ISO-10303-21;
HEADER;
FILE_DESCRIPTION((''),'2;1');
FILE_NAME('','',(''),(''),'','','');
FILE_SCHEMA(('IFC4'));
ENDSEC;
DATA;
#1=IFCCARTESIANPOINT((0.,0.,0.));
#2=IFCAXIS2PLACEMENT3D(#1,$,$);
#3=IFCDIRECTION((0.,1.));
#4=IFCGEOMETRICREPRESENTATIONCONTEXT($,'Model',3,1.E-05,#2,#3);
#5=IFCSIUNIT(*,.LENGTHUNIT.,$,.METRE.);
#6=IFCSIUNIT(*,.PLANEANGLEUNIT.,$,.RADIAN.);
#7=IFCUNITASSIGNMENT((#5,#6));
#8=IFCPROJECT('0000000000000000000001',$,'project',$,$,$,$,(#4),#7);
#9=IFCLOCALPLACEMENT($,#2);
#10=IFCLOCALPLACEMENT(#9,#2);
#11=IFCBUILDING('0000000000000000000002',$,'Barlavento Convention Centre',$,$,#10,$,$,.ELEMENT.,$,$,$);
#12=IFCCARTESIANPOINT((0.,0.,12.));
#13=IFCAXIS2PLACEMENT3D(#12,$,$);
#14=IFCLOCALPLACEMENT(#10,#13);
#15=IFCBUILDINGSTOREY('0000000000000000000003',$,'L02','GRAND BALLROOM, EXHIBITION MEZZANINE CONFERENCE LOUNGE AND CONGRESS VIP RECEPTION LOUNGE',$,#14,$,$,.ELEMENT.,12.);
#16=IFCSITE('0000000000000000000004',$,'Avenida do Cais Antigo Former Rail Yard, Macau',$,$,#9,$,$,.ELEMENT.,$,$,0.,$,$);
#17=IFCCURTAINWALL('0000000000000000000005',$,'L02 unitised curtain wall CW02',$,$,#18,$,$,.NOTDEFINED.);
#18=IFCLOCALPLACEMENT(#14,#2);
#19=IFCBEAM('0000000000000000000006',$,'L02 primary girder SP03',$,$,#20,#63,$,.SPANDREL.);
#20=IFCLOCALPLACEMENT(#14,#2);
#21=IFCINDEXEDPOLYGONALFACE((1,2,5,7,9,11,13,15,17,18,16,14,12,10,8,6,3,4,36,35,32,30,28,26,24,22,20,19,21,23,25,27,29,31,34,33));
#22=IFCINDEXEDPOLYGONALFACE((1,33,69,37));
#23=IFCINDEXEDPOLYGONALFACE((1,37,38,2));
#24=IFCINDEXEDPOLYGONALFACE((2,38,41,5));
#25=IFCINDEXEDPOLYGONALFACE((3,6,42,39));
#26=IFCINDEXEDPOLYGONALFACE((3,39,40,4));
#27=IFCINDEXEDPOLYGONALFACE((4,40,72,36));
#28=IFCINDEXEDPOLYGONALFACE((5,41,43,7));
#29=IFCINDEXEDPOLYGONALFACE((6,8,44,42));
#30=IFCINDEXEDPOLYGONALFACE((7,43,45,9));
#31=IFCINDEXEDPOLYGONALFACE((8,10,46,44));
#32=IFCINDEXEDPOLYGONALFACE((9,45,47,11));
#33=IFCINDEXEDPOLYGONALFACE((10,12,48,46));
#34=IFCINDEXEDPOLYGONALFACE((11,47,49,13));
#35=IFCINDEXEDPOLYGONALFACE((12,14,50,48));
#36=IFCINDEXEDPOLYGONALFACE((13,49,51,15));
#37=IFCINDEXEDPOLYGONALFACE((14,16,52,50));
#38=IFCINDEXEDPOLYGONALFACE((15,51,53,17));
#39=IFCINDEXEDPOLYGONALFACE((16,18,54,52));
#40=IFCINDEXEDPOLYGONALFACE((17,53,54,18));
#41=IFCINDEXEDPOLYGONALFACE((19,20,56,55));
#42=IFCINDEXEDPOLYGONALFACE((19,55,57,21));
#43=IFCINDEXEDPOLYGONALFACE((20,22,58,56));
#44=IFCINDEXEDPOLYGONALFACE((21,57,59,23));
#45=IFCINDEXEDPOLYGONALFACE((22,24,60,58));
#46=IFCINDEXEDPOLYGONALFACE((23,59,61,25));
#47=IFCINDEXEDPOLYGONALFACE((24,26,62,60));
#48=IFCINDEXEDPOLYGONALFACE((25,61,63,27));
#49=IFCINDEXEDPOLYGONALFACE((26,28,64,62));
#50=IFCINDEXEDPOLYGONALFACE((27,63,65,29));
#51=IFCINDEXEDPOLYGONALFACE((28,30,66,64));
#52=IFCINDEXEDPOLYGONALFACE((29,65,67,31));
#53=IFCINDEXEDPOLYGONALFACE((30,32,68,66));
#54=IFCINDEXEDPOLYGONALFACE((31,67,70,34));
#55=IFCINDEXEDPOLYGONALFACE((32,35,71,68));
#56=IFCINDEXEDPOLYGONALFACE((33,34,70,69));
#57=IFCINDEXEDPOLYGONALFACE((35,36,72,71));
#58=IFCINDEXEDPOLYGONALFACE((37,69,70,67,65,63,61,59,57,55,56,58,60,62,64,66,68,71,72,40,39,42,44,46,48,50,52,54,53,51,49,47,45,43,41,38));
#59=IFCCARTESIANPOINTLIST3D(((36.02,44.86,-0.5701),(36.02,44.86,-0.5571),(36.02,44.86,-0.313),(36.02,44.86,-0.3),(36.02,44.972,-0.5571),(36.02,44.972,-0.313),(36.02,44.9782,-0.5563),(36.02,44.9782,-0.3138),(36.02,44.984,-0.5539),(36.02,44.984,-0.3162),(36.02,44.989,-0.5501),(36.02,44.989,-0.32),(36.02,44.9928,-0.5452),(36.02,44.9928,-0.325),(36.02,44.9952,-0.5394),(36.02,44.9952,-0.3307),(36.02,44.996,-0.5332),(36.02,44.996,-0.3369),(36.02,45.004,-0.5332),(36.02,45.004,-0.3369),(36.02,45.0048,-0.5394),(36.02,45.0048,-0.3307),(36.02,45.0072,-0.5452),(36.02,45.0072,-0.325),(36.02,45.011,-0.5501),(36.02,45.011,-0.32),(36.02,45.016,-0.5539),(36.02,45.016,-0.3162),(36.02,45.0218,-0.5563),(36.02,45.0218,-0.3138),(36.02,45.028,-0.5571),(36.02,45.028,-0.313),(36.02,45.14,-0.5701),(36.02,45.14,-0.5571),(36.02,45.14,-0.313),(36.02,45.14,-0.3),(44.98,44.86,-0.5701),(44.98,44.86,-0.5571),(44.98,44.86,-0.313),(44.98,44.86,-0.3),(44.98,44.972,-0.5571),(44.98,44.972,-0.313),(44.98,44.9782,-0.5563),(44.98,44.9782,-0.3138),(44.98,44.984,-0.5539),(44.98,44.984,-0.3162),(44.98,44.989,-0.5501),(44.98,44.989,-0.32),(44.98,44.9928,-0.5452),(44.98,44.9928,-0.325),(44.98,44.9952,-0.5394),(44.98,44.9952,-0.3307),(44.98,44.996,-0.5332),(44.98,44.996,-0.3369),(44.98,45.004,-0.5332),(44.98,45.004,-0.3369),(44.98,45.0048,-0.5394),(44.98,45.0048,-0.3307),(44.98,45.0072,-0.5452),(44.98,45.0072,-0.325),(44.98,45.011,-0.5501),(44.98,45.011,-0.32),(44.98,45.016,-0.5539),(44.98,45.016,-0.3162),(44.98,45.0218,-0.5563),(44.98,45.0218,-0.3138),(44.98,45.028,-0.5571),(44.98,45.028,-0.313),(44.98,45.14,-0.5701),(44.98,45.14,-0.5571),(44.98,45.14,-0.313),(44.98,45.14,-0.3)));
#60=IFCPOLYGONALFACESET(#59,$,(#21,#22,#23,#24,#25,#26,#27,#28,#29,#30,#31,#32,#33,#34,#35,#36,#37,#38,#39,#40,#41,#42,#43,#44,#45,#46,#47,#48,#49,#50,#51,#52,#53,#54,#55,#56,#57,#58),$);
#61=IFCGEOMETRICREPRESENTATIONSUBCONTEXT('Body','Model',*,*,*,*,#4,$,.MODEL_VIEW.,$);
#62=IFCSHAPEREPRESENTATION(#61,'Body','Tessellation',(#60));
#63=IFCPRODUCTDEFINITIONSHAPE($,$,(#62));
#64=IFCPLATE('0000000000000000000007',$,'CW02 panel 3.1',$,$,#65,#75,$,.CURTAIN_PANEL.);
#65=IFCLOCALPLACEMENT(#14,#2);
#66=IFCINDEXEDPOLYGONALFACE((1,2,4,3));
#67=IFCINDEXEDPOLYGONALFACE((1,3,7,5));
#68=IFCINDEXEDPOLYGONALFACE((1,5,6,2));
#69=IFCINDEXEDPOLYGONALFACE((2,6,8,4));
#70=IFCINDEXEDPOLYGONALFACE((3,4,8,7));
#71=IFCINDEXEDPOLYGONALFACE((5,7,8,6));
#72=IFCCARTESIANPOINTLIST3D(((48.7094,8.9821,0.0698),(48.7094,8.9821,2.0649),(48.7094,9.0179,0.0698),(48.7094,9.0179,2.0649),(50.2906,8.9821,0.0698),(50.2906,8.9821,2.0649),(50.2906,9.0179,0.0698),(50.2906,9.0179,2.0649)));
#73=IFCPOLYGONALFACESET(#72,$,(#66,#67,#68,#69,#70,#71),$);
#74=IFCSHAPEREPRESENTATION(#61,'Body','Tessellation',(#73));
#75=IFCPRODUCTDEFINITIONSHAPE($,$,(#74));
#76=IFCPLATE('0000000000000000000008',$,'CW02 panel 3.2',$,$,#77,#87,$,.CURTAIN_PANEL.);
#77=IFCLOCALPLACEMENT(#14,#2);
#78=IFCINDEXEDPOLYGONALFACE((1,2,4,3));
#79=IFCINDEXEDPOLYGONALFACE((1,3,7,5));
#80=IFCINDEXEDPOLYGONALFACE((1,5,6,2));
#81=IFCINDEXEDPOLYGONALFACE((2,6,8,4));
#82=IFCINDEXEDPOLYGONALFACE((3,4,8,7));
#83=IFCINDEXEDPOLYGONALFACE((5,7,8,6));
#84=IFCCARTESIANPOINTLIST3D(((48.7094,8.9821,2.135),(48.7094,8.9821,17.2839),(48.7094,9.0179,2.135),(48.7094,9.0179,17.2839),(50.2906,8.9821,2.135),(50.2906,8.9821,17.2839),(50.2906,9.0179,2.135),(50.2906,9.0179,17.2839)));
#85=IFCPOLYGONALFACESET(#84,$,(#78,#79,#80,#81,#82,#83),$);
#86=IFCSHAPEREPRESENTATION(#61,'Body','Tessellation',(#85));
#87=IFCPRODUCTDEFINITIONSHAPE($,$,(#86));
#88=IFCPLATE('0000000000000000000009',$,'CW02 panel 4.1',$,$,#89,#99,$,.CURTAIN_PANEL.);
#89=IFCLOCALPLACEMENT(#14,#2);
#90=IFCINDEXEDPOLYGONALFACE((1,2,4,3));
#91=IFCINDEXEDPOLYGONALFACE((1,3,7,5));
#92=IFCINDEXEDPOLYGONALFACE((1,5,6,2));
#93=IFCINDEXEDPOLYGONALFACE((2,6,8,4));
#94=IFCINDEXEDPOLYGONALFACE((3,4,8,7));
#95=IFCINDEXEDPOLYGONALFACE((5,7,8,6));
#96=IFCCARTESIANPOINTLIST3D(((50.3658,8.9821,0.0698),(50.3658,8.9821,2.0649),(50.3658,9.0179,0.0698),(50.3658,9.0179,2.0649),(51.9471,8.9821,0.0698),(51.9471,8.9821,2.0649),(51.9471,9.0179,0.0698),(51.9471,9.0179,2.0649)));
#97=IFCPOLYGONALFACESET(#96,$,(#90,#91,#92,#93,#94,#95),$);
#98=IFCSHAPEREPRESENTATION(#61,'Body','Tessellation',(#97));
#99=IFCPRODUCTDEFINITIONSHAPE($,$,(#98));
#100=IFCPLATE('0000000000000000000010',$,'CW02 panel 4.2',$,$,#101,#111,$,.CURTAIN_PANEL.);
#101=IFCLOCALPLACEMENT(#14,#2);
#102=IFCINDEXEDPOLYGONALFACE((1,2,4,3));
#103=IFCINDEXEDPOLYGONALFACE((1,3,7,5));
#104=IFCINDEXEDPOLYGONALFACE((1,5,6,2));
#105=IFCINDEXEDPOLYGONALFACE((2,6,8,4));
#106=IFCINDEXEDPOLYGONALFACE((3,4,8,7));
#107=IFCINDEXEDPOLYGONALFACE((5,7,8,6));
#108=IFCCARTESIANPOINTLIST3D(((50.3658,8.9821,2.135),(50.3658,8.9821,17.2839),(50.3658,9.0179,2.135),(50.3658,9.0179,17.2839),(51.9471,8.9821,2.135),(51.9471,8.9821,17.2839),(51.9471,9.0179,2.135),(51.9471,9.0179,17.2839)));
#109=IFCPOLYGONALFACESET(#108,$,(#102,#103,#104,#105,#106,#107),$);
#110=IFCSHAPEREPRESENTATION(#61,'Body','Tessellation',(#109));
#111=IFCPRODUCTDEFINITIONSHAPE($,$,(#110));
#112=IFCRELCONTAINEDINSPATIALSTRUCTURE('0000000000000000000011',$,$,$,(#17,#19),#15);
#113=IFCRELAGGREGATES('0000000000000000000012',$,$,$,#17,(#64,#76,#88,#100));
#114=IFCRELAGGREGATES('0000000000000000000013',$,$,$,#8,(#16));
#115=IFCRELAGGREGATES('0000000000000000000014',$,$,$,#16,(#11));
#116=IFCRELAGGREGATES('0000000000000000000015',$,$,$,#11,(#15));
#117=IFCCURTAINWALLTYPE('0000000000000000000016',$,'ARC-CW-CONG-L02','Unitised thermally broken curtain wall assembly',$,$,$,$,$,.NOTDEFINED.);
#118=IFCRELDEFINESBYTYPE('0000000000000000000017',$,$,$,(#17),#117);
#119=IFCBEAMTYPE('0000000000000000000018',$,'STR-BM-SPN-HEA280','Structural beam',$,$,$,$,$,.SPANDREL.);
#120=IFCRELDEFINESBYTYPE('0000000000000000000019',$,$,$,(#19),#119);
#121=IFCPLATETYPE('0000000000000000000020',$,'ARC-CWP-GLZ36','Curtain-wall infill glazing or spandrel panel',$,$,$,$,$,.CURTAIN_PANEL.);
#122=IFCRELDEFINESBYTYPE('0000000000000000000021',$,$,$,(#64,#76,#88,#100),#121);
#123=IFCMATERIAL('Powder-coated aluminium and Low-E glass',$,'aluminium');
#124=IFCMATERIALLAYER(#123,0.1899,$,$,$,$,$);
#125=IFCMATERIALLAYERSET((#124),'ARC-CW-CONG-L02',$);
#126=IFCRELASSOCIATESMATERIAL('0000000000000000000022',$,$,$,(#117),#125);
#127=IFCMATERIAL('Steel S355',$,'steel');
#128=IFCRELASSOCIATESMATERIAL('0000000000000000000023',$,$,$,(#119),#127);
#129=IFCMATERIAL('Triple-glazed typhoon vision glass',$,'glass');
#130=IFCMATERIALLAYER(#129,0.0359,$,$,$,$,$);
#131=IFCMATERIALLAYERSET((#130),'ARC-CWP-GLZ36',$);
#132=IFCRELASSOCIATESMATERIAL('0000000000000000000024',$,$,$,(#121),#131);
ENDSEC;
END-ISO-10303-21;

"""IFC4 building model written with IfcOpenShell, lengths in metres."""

from ifc_helpers import new_model, si_unit, direction, frame, origin, origin_2d, place, context, subcontext, project, spatial, rectangle, i_section, extrude, material, layer, layer_set, material_profile, profile_set, type_object, element, aggregate, save


model = new_model("IFC4")

# Units and contexts
model_context = context("Model", 3, precision=1e-05, world=origin(), true_north=direction((0.0, 1.0)))
body_context = subcontext(model_context, "Body", "Model", "MODEL_VIEW")
ifc_project = project(units=[si_unit("LENGTHUNIT", "METRE"), si_unit("PLANEANGLEUNIT", "RADIAN")], contexts=[model_context])

# Site, building, storey
site_placement = place(None, origin())
site = spatial("IfcSite", under=ifc_project, at=site_placement, Name="Avenida do Cais Antigo Former Rail Yard, Macau", CompositionType="ELEMENT", RefElevation=0.0)
building_placement = place(site_placement, origin())
building = spatial("IfcBuilding", under=site, at=building_placement, Name="Barlavento Convention Centre", CompositionType="ELEMENT")
storey_placement = place(building_placement, frame((0.0, 0.0, 12.0)))
storey = spatial("IfcBuildingStorey", under=building, at=storey_placement, Name="L02", Description="GRAND BALLROOM, EXHIBITION MEZZANINE CONFERENCE LOUNGE AND CONGRESS VIP RECEPTION LOUNGE", CompositionType="ELEMENT", Elevation=12.0)

# Shared definitions
ifc_material_1 = material(Name="Steel S355", Category="steel")

# Curtain wall
ifc_material_2 = material(Name="Powder-coated aluminium and Low-E glass", Category="aluminium")
ifc_layer_1 = layer(ifc_material_2, 0.1899)
ifc_layer_set_1 = layer_set([ifc_layer_1], Name="ARC-CW-CONG-L02")
curtain_wall_type = type_object("IfcCurtainWallType", Name="ARC-CW-CONG-L02", Description="Unitised thermally broken curtain wall assembly", PredefinedType="NOTDEFINED", material=ifc_layer_set_1)
curtain_wall_placement = place(storey_placement, origin())
curtain_wall = element("IfcCurtainWall", 1, at=curtain_wall_placement, inside=storey, type_object=curtain_wall_type, Name="L02 unitised curtain wall CW02", PredefinedType="NOTDEFINED")

# Beam
ifc_material_profile_1 = material_profile(ifc_material_1, i_section(OverallWidth=0.28, OverallDepth=0.27, WebThickness=0.0081, FlangeThickness=0.0129, FilletRadius=0.0239, at=origin_2d()), Name="HEA 280")
ifc_profile_set_1 = profile_set([ifc_material_profile_1], Name="Steel S355")
beam_type_1 = type_object("IfcBeamType", Name="STR-BM-SPN-HEA280", Description="Structural beam", PredefinedType="SPANDREL", material=ifc_profile_set_1)
beam_1_placement = place(storey_placement, frame((36.02, 45.0, -0.4351), z_axis=(1.0, 0.0, 0.0), x_axis=(0.0, 1.0, 0.0)))
element("IfcBeam", 2, at=beam_1_placement, inside=storey, type_object=beam_type_1, Name="L02 primary girder SP03", PredefinedType="SPANDREL", context=body_context, shape_type="SweptSolid", body=[
    extrude(i_section(OverallWidth=0.28, OverallDepth=0.27, WebThickness=0.0081, FlangeThickness=0.0129, FilletRadius=0.0239, at=origin_2d()), origin(), (0.0, 0.0, 1.0), 8.96),
])

# Plates
ifc_material_3 = material(Name="Triple-glazed typhoon vision glass", Category="glass")
ifc_layer_2 = layer(ifc_material_3, 0.0359)
ifc_layer_set_2 = layer_set([ifc_layer_2], Name="ARC-CWP-GLZ36")
plate_type = type_object("IfcPlateType", Name="ARC-CWP-GLZ36", Description="Curtain-wall infill glazing or spandrel panel", PredefinedType="CURTAIN_PANEL", material=ifc_layer_set_2)
plate_1_placement = place(storey_placement, frame((49.5, 9.0, 0.0698), z_axis=(0.0, 0.0, 1.0), x_axis=(1.0, 0.0, 0.0)))
plate_1 = element("IfcPlate", 3, at=plate_1_placement, type_object=plate_type, Name="CW02 panel 3.1", PredefinedType="CURTAIN_PANEL", context=body_context, shape_type="SweptSolid", body=[
    extrude(rectangle(XDim=1.5813, YDim=0.0359, at=origin_2d()), origin(), (0.0, 0.0, 1.0), 1.9951),
])
plate_2_placement = place(storey_placement, frame((49.5, 9.0, 2.135), z_axis=(0.0, 0.0, 1.0), x_axis=(1.0, 0.0, 0.0)))
plate_2 = element("IfcPlate", 4, at=plate_2_placement, type_object=plate_type, Name="CW02 panel 3.2", PredefinedType="CURTAIN_PANEL", context=body_context, shape_type="SweptSolid", body=[
    extrude(rectangle(XDim=1.5813, YDim=0.0359, at=origin_2d()), origin(), (0.0, 0.0, 1.0), 15.1489),
])
plate_3_placement = place(storey_placement, frame((51.1565, 9.0, 0.0698), z_axis=(0.0, 0.0, 1.0), x_axis=(1.0, 0.0, 0.0)))
plate_3 = element("IfcPlate", 5, at=plate_3_placement, type_object=plate_type, Name="CW02 panel 4.1", PredefinedType="CURTAIN_PANEL", context=body_context, shape_type="SweptSolid", body=[
    extrude(rectangle(XDim=1.5813, YDim=0.0359, at=origin_2d()), origin(), (0.0, 0.0, 1.0), 1.9951),
])
plate_4_placement = place(storey_placement, frame((51.1565, 9.0, 2.135), z_axis=(0.0, 0.0, 1.0), x_axis=(1.0, 0.0, 0.0)))
plate_4 = element("IfcPlate", 6, at=plate_4_placement, type_object=plate_type, Name="CW02 panel 4.2", PredefinedType="CURTAIN_PANEL", context=body_context, shape_type="SweptSolid", body=[
    extrude(rectangle(XDim=1.5813, YDim=0.0359, at=origin_2d()), origin(), (0.0, 0.0, 1.0), 15.1489),
])
aggregate(curtain_wall, [plate_1, plate_2, plate_3, plate_4])

save(model, "model.ifc")
